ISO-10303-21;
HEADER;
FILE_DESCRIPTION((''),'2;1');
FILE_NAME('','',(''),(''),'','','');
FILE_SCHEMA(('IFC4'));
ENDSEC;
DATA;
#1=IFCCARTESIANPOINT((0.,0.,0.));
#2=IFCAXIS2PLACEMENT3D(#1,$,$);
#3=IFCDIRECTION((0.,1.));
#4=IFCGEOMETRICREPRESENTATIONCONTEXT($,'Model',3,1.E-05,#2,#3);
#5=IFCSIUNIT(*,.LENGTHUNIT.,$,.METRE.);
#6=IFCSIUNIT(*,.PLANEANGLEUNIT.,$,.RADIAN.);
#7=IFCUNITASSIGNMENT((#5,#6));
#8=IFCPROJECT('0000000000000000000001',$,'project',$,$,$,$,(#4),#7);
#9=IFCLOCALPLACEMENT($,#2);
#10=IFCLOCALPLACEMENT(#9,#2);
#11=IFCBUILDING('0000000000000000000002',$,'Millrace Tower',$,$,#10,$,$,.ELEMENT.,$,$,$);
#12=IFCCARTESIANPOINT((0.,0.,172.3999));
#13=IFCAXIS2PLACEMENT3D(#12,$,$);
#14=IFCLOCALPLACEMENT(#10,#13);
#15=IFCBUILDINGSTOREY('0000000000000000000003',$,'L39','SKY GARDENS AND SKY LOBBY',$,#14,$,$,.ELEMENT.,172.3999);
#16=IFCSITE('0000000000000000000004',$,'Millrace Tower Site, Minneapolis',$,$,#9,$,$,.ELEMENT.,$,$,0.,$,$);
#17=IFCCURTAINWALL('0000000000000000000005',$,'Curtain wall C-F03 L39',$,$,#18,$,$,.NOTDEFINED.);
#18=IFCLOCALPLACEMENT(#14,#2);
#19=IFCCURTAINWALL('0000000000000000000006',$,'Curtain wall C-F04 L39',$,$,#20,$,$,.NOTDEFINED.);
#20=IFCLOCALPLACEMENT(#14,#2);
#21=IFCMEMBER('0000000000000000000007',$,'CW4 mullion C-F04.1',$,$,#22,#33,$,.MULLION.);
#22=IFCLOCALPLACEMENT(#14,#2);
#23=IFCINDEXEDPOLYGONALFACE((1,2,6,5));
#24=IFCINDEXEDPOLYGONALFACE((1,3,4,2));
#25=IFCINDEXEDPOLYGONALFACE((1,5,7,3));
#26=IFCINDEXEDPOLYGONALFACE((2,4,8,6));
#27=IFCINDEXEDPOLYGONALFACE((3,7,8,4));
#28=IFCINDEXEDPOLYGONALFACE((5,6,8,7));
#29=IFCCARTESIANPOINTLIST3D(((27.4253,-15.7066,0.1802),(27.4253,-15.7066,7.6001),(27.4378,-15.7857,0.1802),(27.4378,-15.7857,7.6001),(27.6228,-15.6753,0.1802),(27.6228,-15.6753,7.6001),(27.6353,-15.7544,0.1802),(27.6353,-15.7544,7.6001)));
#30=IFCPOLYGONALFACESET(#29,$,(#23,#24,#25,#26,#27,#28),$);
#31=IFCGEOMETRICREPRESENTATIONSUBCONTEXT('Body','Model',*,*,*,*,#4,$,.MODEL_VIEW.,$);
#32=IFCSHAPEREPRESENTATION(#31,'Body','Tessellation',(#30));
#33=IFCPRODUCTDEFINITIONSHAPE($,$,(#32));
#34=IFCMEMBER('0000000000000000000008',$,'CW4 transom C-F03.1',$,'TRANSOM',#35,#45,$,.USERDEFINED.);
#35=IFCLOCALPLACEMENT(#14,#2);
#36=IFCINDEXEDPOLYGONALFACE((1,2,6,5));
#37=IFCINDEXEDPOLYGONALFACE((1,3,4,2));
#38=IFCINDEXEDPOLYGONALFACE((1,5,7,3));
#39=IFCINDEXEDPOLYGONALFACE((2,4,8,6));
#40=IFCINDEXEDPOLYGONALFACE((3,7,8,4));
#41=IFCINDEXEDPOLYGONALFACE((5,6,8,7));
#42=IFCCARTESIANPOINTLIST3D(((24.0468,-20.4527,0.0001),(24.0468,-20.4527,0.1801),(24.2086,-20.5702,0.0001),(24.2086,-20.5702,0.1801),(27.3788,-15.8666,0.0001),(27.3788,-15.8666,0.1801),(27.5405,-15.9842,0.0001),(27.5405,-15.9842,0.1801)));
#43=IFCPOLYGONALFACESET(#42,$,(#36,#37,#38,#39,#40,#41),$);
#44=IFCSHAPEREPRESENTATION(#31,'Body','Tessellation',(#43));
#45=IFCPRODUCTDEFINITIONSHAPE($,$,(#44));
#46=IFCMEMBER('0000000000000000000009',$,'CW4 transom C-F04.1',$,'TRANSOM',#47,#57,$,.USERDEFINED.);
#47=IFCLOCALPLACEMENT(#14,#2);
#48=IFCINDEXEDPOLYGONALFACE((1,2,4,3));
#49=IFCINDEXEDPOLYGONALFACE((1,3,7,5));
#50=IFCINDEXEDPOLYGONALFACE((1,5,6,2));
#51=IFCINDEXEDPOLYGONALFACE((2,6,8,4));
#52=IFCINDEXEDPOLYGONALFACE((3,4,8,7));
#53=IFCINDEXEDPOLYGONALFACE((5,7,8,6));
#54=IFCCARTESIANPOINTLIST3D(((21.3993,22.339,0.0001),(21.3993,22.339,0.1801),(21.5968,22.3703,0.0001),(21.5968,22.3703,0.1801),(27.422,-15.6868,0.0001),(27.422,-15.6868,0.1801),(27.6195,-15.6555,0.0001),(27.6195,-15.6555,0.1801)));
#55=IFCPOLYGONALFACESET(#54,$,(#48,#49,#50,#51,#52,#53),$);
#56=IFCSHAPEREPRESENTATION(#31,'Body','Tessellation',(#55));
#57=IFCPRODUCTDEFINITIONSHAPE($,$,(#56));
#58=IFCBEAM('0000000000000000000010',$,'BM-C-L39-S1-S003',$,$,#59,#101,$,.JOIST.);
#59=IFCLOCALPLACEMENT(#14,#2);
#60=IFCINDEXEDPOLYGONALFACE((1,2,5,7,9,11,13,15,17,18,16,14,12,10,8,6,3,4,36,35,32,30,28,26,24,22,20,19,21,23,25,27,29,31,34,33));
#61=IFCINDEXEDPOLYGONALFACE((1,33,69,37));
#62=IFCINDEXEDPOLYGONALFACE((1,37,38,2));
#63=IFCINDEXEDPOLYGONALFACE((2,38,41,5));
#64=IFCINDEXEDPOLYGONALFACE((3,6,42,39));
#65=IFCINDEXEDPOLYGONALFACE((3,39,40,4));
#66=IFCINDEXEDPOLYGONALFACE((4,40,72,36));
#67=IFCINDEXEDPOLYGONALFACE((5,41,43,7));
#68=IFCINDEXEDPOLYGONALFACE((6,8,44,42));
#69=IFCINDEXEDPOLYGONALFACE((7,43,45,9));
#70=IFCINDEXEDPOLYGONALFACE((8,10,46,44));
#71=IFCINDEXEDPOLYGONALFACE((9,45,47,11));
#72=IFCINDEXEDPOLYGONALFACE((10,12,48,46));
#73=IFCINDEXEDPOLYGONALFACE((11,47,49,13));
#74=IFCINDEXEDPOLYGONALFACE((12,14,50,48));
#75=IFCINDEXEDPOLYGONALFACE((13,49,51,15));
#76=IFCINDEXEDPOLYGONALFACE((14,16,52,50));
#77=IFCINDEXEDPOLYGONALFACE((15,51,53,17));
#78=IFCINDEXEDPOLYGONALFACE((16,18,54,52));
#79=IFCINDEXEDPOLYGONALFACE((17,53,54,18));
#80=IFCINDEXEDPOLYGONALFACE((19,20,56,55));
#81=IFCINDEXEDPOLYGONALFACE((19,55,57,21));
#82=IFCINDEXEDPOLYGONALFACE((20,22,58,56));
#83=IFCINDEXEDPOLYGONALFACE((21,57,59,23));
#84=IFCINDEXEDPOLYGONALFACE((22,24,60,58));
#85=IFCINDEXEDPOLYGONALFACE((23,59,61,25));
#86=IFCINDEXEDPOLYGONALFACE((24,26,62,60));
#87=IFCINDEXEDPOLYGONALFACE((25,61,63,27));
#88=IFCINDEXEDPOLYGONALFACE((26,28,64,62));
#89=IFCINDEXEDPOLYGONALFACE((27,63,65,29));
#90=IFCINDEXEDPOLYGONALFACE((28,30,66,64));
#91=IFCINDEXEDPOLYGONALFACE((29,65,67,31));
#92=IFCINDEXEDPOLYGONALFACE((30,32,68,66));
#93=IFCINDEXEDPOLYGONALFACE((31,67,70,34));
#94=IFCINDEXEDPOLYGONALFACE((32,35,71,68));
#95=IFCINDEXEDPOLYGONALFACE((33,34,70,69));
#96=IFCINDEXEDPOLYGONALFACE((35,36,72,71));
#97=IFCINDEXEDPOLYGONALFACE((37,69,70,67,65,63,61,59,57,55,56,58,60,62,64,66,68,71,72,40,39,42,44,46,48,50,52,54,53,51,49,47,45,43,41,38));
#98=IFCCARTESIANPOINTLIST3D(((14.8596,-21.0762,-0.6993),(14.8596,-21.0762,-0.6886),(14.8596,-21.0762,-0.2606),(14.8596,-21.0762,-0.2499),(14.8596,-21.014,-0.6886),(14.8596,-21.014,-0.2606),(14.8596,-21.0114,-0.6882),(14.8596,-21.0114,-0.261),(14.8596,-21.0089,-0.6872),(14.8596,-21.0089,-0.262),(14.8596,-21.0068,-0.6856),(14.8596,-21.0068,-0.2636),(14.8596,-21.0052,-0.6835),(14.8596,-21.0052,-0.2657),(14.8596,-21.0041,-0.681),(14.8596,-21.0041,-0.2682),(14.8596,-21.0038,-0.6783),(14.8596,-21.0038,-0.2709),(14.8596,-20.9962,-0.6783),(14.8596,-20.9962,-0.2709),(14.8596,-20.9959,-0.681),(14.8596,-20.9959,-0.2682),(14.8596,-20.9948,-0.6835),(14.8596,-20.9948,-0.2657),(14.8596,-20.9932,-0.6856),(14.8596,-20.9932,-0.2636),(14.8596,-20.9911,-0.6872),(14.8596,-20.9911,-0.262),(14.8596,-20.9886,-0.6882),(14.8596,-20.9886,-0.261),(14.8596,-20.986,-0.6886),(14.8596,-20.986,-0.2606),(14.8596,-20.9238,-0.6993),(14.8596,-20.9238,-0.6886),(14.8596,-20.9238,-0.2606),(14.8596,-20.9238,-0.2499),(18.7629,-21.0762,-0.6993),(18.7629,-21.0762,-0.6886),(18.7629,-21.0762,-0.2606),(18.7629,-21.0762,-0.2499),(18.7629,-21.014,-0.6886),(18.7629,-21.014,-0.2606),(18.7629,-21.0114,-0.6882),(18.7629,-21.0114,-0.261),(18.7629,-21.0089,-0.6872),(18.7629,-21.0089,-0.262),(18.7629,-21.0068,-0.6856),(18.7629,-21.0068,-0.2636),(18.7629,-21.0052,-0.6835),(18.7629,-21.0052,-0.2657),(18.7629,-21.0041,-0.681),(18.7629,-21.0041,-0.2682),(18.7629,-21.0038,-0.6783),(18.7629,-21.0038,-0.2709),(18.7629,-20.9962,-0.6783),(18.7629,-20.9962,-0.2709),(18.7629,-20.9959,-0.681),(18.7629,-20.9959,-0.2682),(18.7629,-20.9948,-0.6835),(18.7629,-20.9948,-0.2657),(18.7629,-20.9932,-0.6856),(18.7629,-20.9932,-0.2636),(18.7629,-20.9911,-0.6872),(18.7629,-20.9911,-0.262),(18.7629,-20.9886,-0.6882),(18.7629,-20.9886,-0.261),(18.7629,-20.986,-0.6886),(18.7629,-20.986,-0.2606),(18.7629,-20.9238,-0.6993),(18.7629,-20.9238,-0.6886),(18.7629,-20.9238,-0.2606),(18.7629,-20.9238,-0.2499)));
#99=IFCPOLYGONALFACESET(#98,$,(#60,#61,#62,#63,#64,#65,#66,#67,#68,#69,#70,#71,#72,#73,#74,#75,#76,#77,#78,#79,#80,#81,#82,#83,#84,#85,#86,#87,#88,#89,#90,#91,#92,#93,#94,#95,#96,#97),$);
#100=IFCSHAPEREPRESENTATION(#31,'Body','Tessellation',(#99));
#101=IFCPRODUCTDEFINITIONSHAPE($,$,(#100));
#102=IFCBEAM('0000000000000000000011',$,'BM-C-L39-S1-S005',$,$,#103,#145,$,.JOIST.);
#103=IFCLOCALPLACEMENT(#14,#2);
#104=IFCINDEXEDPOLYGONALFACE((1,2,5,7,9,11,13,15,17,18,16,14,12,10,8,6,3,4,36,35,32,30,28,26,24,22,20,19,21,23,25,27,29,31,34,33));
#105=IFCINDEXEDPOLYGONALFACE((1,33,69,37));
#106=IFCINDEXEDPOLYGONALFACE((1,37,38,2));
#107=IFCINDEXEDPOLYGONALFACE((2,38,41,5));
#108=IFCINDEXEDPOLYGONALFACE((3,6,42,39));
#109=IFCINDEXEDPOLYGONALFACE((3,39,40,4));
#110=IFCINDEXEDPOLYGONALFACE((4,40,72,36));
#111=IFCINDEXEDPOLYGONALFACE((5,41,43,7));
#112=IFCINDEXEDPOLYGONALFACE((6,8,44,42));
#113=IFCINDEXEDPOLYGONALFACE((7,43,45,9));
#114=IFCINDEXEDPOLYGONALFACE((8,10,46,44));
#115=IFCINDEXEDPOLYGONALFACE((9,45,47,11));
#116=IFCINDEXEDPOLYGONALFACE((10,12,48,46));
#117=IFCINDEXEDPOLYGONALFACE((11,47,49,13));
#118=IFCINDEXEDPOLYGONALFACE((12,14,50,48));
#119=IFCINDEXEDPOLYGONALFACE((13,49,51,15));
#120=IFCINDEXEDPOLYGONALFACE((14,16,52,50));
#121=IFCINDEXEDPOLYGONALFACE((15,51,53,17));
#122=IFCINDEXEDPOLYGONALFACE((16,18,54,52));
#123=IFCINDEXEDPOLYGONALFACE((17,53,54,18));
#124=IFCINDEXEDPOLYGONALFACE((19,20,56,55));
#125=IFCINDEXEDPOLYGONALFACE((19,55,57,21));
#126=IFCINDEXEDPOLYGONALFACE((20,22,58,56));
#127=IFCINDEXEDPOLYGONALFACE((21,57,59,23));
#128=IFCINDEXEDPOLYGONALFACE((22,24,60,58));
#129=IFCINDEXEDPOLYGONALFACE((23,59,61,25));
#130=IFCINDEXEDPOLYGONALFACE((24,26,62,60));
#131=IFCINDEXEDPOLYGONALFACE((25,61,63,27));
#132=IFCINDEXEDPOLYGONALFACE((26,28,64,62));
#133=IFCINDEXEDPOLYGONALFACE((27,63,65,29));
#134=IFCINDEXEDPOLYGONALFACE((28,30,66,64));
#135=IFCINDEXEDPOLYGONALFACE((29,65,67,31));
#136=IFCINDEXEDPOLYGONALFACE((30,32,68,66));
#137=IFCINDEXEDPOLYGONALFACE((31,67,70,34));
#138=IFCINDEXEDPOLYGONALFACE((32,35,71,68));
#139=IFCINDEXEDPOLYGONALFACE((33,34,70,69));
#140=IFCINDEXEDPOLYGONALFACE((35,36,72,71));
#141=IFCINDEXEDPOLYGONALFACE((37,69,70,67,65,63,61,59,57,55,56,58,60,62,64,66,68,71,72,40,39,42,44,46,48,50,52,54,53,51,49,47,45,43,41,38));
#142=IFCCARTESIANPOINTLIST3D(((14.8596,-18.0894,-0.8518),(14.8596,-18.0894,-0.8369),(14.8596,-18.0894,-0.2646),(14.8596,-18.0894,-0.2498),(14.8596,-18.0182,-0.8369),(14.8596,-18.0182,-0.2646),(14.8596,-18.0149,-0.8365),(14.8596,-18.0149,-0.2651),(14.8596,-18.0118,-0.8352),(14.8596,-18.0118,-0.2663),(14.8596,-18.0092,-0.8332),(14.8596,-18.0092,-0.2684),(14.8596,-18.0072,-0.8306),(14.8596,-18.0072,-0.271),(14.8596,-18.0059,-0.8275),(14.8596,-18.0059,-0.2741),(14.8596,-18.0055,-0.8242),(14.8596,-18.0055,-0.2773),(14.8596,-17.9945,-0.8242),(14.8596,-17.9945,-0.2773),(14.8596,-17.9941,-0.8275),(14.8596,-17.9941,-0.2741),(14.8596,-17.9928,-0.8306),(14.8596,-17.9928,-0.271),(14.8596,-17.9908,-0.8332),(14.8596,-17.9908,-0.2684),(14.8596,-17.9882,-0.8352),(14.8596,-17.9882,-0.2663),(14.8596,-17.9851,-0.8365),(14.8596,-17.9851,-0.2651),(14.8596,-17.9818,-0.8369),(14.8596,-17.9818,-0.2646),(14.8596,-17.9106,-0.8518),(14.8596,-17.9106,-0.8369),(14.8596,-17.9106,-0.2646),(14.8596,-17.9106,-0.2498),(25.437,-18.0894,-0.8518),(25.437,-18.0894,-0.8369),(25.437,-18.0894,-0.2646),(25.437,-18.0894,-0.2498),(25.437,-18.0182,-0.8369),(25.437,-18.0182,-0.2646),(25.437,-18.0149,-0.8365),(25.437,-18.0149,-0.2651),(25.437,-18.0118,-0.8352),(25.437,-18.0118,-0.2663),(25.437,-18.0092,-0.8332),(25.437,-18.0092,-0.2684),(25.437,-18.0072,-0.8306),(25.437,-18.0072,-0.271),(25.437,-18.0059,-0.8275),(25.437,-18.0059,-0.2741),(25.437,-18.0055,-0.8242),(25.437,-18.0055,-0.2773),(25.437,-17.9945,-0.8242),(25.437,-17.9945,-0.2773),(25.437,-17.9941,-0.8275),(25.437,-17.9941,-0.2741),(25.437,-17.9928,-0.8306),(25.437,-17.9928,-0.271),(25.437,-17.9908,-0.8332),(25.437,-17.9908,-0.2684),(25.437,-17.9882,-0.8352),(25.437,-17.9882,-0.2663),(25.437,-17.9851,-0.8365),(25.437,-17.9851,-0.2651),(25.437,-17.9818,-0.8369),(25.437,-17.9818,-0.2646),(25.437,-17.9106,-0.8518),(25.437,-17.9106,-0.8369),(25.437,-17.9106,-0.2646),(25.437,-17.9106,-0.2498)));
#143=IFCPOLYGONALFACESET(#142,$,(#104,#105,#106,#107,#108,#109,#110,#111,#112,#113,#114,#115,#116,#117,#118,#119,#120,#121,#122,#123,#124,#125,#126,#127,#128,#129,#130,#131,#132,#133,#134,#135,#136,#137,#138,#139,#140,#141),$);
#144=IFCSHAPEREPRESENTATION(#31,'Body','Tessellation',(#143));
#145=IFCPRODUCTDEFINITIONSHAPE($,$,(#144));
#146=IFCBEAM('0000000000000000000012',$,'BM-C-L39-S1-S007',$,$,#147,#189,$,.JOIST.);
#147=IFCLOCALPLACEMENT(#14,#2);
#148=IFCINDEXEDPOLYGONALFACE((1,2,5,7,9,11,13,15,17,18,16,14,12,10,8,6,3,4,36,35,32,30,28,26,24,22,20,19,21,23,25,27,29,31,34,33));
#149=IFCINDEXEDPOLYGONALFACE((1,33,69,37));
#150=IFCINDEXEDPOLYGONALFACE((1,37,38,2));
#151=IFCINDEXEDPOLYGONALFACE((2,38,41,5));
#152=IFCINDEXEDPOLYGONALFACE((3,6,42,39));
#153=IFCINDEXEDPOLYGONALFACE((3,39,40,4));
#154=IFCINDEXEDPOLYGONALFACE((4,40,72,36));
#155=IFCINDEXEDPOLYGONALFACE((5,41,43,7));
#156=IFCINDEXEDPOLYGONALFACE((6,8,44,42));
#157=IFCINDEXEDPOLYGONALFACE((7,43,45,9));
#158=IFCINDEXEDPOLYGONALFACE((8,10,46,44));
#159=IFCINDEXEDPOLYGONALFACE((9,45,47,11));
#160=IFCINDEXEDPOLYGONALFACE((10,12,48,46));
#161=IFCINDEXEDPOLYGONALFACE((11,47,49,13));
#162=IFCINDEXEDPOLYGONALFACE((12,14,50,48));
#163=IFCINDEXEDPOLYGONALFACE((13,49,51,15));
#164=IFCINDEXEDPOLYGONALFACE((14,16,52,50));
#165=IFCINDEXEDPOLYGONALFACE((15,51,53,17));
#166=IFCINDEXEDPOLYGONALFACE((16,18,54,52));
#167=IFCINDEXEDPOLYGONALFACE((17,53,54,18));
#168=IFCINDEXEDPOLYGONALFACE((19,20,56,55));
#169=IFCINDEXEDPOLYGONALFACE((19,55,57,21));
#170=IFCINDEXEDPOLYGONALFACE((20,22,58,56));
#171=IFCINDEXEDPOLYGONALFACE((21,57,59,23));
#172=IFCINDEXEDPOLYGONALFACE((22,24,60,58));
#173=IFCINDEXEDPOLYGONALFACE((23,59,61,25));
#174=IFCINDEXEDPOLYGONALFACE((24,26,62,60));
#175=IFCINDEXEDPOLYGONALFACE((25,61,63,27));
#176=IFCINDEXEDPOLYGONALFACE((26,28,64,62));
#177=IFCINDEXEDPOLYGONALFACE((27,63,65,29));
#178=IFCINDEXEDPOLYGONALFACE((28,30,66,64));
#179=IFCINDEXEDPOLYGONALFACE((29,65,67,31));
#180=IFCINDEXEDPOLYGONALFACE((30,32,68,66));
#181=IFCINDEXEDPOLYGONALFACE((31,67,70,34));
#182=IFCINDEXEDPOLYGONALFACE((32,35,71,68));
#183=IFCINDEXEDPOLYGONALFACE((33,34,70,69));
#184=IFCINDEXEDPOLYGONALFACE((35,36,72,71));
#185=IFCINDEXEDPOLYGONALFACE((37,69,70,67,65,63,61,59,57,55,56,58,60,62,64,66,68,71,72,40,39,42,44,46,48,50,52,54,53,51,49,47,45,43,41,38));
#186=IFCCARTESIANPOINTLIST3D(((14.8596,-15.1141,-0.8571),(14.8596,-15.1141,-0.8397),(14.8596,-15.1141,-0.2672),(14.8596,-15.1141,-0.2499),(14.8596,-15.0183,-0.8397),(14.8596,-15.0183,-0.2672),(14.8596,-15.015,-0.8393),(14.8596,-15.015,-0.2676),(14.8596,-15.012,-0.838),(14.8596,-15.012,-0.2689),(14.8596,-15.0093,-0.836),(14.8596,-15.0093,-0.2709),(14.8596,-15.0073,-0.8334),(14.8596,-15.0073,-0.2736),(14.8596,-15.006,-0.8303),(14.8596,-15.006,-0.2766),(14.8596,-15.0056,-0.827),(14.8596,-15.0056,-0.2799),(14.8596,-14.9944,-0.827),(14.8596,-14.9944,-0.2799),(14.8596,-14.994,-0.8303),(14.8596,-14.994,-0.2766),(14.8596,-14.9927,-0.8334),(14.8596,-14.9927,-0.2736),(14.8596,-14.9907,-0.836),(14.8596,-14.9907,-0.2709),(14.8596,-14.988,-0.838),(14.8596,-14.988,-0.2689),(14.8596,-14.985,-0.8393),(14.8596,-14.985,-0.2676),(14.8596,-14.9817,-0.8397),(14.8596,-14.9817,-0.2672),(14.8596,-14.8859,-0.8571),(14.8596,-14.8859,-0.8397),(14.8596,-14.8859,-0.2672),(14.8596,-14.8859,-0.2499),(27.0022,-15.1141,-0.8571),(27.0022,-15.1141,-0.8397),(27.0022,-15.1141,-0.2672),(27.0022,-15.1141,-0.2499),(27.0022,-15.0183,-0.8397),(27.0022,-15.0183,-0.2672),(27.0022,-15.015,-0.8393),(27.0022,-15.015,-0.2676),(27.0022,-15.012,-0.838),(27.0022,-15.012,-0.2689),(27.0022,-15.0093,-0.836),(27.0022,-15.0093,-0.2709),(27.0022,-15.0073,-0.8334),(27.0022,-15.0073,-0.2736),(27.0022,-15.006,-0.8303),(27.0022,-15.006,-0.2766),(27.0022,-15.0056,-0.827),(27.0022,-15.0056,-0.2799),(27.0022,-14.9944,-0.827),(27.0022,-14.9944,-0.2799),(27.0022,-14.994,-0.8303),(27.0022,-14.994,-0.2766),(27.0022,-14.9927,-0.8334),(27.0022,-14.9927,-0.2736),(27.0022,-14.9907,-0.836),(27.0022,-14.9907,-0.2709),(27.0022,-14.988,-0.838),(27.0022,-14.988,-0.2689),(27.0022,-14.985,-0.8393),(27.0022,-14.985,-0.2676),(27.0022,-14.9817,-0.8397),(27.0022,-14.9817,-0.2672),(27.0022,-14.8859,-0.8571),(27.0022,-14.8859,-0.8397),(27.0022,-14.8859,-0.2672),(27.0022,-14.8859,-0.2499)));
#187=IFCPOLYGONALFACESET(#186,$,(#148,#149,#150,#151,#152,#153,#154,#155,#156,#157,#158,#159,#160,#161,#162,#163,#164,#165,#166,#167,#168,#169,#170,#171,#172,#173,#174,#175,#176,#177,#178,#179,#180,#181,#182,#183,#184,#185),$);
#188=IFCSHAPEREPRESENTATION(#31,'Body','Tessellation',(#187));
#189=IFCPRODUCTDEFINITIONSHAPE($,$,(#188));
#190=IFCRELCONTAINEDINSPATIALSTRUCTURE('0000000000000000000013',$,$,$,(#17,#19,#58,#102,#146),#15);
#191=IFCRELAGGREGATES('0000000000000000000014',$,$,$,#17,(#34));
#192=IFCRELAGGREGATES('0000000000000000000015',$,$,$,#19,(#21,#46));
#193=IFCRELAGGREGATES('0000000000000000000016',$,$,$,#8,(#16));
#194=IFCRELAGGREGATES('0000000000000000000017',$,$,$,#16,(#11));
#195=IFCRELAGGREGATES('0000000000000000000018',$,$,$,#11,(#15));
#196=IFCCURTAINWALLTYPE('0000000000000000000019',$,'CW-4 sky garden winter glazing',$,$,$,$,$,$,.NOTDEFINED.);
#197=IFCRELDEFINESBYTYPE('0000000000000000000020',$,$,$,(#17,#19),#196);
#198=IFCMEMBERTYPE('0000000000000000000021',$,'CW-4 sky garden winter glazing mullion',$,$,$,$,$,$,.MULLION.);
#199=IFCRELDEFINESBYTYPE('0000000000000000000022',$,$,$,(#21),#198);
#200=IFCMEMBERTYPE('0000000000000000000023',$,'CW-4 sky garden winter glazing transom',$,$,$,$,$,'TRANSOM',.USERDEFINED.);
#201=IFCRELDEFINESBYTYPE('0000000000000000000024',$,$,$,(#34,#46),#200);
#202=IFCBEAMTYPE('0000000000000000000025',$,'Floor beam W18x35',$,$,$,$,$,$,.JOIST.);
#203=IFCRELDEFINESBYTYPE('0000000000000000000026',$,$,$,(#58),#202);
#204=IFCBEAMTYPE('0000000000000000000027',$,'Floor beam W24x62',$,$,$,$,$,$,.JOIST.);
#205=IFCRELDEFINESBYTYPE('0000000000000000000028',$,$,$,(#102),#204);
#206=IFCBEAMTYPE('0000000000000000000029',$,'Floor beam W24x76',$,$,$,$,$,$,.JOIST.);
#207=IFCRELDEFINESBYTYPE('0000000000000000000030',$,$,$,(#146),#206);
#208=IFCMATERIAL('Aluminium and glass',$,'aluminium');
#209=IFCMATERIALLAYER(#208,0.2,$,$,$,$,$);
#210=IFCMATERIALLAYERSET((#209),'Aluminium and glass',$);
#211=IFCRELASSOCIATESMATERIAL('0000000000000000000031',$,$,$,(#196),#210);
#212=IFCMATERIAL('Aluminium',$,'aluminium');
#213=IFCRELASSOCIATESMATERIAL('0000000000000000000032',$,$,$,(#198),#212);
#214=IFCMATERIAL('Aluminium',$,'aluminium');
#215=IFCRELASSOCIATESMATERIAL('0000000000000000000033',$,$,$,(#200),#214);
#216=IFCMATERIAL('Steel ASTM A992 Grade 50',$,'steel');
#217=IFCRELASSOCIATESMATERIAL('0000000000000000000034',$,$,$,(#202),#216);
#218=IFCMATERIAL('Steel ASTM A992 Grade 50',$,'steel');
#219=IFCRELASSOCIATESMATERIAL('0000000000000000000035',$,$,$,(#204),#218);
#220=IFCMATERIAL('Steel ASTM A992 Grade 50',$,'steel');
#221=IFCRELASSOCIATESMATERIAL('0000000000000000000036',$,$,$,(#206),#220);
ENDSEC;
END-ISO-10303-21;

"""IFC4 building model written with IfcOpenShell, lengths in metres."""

from ifc_helpers import new_model, si_unit, direction, frame, origin, origin_2d, place, context, subcontext, project, spatial, rectangle, i_section, extrude, material, layer, layer_set, material_profile, profile_set, type_object, element, aggregate, save


model = new_model("IFC4")

# Units and contexts
model_context = context("Model", 3, precision=1e-05, world=origin(), true_north=direction((0.0, 1.0)))
body_context = subcontext(model_context, "Body", "Model", "MODEL_VIEW")
ifc_project = project(units=[si_unit("LENGTHUNIT", "METRE"), si_unit("PLANEANGLEUNIT", "RADIAN")], contexts=[model_context])

# Site, building, storey
site_placement = place(None, origin())
site = spatial("IfcSite", under=ifc_project, at=site_placement, Name="Millrace Tower Site, Minneapolis", CompositionType="ELEMENT", RefElevation=0.0)
building_placement = place(site_placement, origin())
building = spatial("IfcBuilding", under=site, at=building_placement, Name="Millrace Tower", CompositionType="ELEMENT")
storey_placement = place(building_placement, frame((0.0, 0.0, 172.3999)))
storey = spatial("IfcBuildingStorey", under=building, at=storey_placement, Name="L39", Description="SKY GARDENS AND SKY LOBBY", CompositionType="ELEMENT", Elevation=172.3999)

# Shared definitions
ifc_material_1 = material(Name="Aluminium and glass", Category="aluminium")
ifc_layer_1 = layer(ifc_material_1, 0.2)
ifc_layer_set_1 = layer_set([ifc_layer_1], Name="Aluminium and glass")
curtain_wall_type = type_object("IfcCurtainWallType", Name="CW-4 sky garden winter glazing", PredefinedType="NOTDEFINED", material=ifc_layer_set_1)
placement = place(storey_placement, origin())
ifc_material_2 = material(Name="Aluminium", Category="aluminium")
ifc_material_profile_1 = material_profile(ifc_material_2, rectangle(XDim=0.0801, YDim=0.2, at=origin_2d()))
ifc_profile_set_1 = profile_set([ifc_material_profile_1], Name="Aluminium")
member_type_1 = type_object("IfcMemberType", Name="CW-4 sky garden winter glazing mullion", PredefinedType="MULLION", material=ifc_profile_set_1)

# Curtain walls, member
curtain_wall_1 = element("IfcCurtainWall", 1, at=placement, inside=storey, type_object=curtain_wall_type, Name="Curtain wall C-F03 L39", PredefinedType="NOTDEFINED")
curtain_wall_2 = element("IfcCurtainWall", 2, at=placement, inside=storey, type_object=curtain_wall_type, Name="Curtain wall C-F04 L39", PredefinedType="NOTDEFINED")
member_1_placement = place(storey_placement, frame((27.5303, -15.7305, 0.1802), z_axis=(0.0, 0.0, 1.0), x_axis=(-0.156434, 0.987688, 0.0)))
member_1 = element("IfcMember", 3, at=member_1_placement, type_object=member_type_1, Name="CW4 mullion C-F04.1", PredefinedType="MULLION", context=body_context, shape_type="SweptSolid", body=[
    extrude(rectangle(XDim=0.0801, YDim=0.2, at=origin_2d()), origin(), (0.0, 0.0, 1.0), 7.4199),
])

# Members
ifc_material_3 = material(Name="Aluminium", Category="aluminium")
ifc_material_profile_2 = material_profile(ifc_material_3, rectangle(XDim=0.2, YDim=0.1799, at=origin_2d()))
ifc_profile_set_2 = profile_set([ifc_material_profile_2], Name="Aluminium")
member_type_2 = type_object("IfcMemberType", Name="CW-4 sky garden winter glazing transom", ElementType="TRANSOM", PredefinedType="USERDEFINED", material=ifc_profile_set_2)
member_2_placement = place(storey_placement, frame((24.1277, -20.5115, 0.0901), z_axis=(0.587782, 0.809019, 0.0), x_axis=(-0.809019, 0.587782, 0.0)))
member_2 = element("IfcMember", 4, at=member_2_placement, type_object=member_type_2, Name="CW4 transom C-F03.1", ObjectType="TRANSOM", PredefinedType="USERDEFINED", context=body_context, shape_type="SweptSolid", body=[
    extrude(rectangle(XDim=0.2, YDim=0.1799, at=origin_2d()), origin(), (0.0, 0.0, 1.0), 5.6687),
])
aggregate(curtain_wall_1, [member_2])
member_3_placement = place(storey_placement, frame((27.5208, -15.6711, 0.0901), z_axis=(-0.156434, 0.987688, 0.0), x_axis=(-0.987688, -0.156434, 0.0)))
member_3 = element("IfcMember", 5, at=member_3_placement, type_object=member_type_2, Name="CW4 transom C-F04.1", ObjectType="TRANSOM", PredefinedType="USERDEFINED", context=body_context, shape_type="SweptSolid", body=[
    extrude(rectangle(XDim=0.2, YDim=0.1799, at=origin_2d()), origin(), (0.0, 0.0, 1.0), 38.4998),
])
aggregate(curtain_wall_2, [member_1, member_3])

# Beams
ifc_material_4 = material(Name="Steel ASTM A992 Grade 50", Category="steel")
ifc_material_profile_3 = material_profile(ifc_material_4, i_section(OverallWidth=0.1523, OverallDepth=0.4495, WebThickness=0.0076, FlangeThickness=0.0107, FilletRadius=0.0103, at=origin_2d()))
ifc_profile_set_3 = profile_set([ifc_material_profile_3], Name="Steel ASTM A992 Grade 50")
beam_type_1 = type_object("IfcBeamType", Name="Floor beam W18x35", PredefinedType="JOIST", material=ifc_profile_set_3)
beam_1_placement = place(storey_placement, frame((14.8596, -21.0, -0.4746), z_axis=(1.0, 0.0, 0.0), x_axis=(0.0, 1.0, 0.0)))
element("IfcBeam", 6, at=beam_1_placement, inside=storey, type_object=beam_type_1, Name="BM-C-L39-S1-S003", PredefinedType="JOIST", context=body_context, shape_type="SweptSolid", body=[
    extrude(i_section(OverallWidth=0.1523, OverallDepth=0.4495, WebThickness=0.0076, FlangeThickness=0.0107, FilletRadius=0.0103, at=origin_2d()), origin(), (0.0, 0.0, 1.0), 3.9033),
])
ifc_material_5 = material(Name="Steel ASTM A992 Grade 50", Category="steel")
ifc_material_profile_4 = material_profile(ifc_material_5, i_section(OverallWidth=0.1787, OverallDepth=0.6021, WebThickness=0.011, FlangeThickness=0.0149, FilletRadius=0.0127, at=origin_2d()))
ifc_profile_set_4 = profile_set([ifc_material_profile_4], Name="Steel ASTM A992 Grade 50")
beam_type_2 = type_object("IfcBeamType", Name="Floor beam W24x62", PredefinedType="JOIST", material=ifc_profile_set_4)
beam_2_placement = place(storey_placement, frame((14.8596, -18.0, -0.5508), z_axis=(1.0, 0.0, 0.0), x_axis=(0.0, 1.0, 0.0)))
element("IfcBeam", 7, at=beam_2_placement, inside=storey, type_object=beam_type_2, Name="BM-C-L39-S1-S005", PredefinedType="JOIST", context=body_context, shape_type="SweptSolid", body=[
    extrude(i_section(OverallWidth=0.1787, OverallDepth=0.6021, WebThickness=0.011, FlangeThickness=0.0149, FilletRadius=0.0127, at=origin_2d()), origin(), (0.0, 0.0, 1.0), 10.5774),
])
ifc_material_6 = material(Name="Steel ASTM A992 Grade 50", Category="steel")
ifc_material_profile_5 = material_profile(ifc_material_6, i_section(OverallWidth=0.2283, OverallDepth=0.6072, WebThickness=0.0112, FlangeThickness=0.0173, FilletRadius=0.0127, at=origin_2d()))
ifc_profile_set_5 = profile_set([ifc_material_profile_5], Name="Steel ASTM A992 Grade 50")
beam_type_3 = type_object("IfcBeamType", Name="Floor beam W24x76", PredefinedType="JOIST", material=ifc_profile_set_5)
beam_3_placement = place(storey_placement, frame((14.8596, -15.0, -0.5535), z_axis=(1.0, 0.0, 0.0), x_axis=(0.0, 1.0, 0.0)))
element("IfcBeam", 8, at=beam_3_placement, inside=storey, type_object=beam_type_3, Name="BM-C-L39-S1-S007", PredefinedType="JOIST", context=body_context, shape_type="SweptSolid", body=[
    extrude(i_section(OverallWidth=0.2283, OverallDepth=0.6072, WebThickness=0.0112, FlangeThickness=0.0173, FilletRadius=0.0127, at=origin_2d()), origin(), (0.0, 0.0, 1.0), 12.1426),
])

save(model, "model.ifc")
